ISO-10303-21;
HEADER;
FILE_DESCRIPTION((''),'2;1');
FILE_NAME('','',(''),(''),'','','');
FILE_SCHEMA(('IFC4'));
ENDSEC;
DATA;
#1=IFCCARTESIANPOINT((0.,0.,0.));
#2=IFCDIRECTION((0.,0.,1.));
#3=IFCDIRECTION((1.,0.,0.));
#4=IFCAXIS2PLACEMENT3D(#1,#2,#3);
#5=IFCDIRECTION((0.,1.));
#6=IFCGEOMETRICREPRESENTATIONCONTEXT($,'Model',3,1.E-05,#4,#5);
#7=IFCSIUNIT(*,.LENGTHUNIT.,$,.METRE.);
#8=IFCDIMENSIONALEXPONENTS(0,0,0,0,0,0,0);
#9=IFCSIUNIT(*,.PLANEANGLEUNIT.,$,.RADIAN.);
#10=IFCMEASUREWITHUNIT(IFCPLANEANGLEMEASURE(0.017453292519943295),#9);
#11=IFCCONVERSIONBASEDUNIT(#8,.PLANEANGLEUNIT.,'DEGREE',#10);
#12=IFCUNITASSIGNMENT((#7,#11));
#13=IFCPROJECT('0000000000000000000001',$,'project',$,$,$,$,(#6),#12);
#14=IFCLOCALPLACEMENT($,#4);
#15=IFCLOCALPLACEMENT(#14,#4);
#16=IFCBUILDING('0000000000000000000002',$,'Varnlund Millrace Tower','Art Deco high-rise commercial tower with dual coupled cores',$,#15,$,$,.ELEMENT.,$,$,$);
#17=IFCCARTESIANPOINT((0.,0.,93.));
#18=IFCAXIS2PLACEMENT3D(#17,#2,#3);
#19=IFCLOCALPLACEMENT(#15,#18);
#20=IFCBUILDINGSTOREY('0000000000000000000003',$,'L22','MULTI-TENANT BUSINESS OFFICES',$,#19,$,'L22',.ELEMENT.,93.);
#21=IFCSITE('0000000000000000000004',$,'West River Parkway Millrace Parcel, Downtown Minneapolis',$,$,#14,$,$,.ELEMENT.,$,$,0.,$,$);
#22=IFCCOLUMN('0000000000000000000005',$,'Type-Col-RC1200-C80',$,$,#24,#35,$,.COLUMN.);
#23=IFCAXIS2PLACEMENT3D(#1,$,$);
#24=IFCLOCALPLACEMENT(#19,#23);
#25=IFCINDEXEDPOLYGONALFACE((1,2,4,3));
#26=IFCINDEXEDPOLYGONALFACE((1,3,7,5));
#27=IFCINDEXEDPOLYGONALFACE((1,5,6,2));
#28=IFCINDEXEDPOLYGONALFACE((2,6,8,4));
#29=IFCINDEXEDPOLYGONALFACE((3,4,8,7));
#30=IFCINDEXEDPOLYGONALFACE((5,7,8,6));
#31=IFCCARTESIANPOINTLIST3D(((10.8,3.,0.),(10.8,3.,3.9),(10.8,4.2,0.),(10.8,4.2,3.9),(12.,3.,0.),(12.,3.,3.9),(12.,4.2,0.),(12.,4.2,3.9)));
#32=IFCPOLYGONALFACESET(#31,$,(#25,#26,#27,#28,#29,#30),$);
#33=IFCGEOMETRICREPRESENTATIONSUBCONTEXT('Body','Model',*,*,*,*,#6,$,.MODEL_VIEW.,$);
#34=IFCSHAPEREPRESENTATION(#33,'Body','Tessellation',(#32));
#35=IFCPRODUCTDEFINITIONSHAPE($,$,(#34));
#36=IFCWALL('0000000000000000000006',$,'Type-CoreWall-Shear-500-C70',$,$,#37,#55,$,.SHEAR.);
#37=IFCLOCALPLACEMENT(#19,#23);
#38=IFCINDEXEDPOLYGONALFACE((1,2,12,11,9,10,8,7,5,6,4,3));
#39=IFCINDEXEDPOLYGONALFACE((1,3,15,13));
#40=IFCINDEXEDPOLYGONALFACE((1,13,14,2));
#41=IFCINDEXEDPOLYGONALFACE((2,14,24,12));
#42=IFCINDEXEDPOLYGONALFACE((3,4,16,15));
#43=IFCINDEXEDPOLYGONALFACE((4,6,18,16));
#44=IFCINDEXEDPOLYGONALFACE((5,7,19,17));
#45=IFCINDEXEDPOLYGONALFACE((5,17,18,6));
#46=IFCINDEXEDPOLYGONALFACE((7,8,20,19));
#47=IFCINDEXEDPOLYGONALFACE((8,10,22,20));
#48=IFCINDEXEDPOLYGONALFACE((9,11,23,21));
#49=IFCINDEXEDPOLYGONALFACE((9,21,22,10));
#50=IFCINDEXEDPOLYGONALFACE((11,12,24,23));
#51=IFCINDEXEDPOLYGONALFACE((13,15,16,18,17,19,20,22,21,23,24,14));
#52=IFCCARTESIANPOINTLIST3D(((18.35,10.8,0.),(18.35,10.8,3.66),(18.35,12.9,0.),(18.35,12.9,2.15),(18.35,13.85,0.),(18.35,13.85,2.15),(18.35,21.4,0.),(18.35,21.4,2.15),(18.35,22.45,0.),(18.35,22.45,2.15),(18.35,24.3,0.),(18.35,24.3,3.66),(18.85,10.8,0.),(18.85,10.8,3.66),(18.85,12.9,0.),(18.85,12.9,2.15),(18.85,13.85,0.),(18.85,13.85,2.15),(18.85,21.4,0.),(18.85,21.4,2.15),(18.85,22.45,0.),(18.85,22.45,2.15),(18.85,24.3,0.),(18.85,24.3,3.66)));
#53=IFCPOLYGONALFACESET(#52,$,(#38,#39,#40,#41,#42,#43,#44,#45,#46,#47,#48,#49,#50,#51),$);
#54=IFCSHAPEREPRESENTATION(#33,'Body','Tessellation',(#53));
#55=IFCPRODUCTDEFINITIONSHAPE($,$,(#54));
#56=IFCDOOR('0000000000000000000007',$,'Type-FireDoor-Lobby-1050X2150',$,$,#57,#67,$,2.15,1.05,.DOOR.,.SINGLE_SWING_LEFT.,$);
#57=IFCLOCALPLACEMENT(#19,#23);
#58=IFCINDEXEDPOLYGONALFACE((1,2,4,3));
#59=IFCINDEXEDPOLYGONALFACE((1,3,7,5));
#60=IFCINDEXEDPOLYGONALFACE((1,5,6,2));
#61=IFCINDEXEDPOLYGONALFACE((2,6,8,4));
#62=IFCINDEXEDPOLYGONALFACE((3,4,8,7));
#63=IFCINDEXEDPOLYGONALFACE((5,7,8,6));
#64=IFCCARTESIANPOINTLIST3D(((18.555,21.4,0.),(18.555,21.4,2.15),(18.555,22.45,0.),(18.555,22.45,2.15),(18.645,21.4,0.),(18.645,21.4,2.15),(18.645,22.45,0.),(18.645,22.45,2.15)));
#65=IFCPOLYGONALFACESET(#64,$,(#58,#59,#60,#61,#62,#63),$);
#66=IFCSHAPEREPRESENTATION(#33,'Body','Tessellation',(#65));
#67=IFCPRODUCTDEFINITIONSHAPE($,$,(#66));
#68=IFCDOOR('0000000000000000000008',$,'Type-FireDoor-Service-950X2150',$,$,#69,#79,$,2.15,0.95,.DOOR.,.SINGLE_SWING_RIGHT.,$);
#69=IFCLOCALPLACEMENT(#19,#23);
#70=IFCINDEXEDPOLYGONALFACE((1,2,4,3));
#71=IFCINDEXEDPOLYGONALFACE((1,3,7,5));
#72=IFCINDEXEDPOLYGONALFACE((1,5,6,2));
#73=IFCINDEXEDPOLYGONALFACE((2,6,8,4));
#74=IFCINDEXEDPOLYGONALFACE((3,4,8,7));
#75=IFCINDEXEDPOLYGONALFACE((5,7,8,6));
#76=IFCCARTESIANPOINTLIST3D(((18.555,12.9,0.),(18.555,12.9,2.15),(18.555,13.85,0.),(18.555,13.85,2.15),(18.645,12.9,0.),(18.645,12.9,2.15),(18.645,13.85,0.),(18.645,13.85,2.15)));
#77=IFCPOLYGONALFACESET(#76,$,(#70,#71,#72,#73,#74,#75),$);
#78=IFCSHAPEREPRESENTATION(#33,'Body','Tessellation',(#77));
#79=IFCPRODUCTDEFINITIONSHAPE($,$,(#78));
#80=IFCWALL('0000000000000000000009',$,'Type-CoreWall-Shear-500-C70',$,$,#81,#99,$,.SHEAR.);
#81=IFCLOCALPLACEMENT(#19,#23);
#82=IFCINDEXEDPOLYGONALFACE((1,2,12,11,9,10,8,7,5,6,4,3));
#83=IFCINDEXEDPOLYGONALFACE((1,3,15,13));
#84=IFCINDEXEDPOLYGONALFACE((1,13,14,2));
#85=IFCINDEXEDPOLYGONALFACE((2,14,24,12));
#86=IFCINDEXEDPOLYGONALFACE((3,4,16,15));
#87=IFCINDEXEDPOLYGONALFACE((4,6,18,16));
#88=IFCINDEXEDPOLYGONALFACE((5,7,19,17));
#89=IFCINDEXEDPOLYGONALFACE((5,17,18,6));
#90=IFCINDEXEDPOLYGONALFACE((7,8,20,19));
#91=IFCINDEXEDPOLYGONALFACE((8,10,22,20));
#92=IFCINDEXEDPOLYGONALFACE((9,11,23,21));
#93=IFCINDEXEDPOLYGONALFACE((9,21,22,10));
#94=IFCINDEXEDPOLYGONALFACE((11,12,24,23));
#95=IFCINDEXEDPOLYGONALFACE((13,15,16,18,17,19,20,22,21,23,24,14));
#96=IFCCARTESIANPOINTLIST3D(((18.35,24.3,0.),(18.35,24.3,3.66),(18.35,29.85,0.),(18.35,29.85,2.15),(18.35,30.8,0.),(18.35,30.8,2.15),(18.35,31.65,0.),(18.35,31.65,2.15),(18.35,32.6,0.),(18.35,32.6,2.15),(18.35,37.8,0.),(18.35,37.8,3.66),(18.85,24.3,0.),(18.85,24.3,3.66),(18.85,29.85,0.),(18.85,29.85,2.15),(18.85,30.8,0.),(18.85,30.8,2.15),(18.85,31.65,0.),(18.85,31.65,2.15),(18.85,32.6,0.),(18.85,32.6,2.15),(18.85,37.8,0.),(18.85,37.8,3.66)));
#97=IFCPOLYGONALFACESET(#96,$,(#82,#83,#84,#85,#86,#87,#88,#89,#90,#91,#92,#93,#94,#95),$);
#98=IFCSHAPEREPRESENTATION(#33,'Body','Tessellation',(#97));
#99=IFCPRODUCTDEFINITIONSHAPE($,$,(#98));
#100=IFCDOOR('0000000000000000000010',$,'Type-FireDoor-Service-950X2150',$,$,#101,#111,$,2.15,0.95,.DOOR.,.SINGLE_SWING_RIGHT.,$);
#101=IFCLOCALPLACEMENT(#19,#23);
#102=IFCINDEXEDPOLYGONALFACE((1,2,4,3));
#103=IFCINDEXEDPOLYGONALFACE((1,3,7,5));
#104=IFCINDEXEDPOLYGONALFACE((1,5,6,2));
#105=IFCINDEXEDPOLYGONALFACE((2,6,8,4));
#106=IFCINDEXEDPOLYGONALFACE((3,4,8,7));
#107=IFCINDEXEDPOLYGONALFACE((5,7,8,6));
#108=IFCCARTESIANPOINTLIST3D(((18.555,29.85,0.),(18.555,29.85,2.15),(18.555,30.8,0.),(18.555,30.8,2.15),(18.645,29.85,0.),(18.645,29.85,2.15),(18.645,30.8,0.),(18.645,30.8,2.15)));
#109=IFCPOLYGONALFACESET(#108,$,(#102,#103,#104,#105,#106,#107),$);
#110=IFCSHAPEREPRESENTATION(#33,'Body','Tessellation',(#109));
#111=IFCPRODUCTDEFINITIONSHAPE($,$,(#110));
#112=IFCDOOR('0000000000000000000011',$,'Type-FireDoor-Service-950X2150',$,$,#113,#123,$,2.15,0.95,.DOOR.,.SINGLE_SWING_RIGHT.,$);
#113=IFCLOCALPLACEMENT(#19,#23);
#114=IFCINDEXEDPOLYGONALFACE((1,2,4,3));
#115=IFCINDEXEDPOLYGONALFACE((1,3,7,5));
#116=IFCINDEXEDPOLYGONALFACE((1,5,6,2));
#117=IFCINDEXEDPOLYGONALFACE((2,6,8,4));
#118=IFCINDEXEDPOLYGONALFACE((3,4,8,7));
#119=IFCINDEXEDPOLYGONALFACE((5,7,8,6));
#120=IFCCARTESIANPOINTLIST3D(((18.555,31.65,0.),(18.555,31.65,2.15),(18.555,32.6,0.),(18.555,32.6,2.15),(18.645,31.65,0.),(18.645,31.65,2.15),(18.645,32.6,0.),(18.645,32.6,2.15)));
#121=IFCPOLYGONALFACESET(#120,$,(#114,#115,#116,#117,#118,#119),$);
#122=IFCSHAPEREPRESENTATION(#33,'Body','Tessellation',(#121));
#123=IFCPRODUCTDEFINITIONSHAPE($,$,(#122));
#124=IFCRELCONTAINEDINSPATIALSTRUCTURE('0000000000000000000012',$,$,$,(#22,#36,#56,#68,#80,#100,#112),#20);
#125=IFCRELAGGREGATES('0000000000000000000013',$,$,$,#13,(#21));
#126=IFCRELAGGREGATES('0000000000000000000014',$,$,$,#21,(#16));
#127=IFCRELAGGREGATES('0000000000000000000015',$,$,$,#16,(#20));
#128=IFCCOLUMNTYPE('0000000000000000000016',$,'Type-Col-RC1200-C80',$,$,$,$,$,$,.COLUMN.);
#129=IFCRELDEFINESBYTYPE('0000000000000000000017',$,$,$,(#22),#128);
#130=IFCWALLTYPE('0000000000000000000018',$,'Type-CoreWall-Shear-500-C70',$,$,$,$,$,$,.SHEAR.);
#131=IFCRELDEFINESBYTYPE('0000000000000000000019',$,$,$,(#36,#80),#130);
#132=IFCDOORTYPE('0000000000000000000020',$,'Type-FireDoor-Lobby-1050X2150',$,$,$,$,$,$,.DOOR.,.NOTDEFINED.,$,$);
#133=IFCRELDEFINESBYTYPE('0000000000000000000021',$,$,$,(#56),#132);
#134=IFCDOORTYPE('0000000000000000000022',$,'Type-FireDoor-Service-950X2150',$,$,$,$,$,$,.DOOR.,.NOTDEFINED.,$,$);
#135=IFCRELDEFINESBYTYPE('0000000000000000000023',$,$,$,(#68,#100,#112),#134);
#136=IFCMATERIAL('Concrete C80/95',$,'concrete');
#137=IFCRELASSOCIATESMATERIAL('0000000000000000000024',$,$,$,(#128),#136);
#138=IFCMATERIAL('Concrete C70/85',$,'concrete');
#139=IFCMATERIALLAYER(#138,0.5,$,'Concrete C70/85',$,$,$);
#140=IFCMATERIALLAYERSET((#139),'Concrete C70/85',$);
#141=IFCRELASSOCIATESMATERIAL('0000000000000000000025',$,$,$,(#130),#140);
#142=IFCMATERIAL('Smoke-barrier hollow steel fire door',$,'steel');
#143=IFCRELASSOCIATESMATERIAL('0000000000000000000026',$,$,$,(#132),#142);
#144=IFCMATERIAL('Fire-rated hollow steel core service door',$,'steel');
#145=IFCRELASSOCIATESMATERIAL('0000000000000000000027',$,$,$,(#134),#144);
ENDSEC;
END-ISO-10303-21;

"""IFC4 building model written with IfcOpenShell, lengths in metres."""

from ifc_helpers import new_model, entity, si_unit, converted_unit, direction, frame, origin_with_axes, origin_2d_with_axis, place, context, subcontext, project, spatial, polyline, rectangle, outline, extrude, material, layer, layer_set, material_profile, profile_set, type_object, element, fill, save


model = new_model("IFC4")

# Units and contexts
model_context = context("Model", 3, precision=1e-05, world=origin_with_axes(), true_north=direction((0.0, 1.0)))
body_context = subcontext(model_context, "Body", "Model", "MODEL_VIEW")
ifc_project = project(units=[si_unit("LENGTHUNIT", "METRE"), converted_unit("PLANEANGLEUNIT", "DEGREE", entity("IfcPlaneAngleMeasure", 0.017453292519943295), si_unit("PLANEANGLEUNIT", "RADIAN"), dimensions=[0, 0, 0, 0, 0, 0, 0])], contexts=[model_context])

# Site, building, storey
site_placement = place(None, origin_with_axes())
site = spatial("IfcSite", under=ifc_project, at=site_placement, Name="West River Parkway Millrace Parcel, Downtown Minneapolis", CompositionType="ELEMENT", RefElevation=0.0)
building_placement = place(site_placement, origin_with_axes())
building = spatial("IfcBuilding", under=site, at=building_placement, Name="Varnlund Millrace Tower", Description="Art Deco high-rise commercial tower with dual coupled cores", CompositionType="ELEMENT")
storey_placement = place(building_placement, frame((0.0, 0.0, 93.0), z_axis=(0.0, 0.0, 1.0), x_axis=(1.0, 0.0, 0.0)))
storey = spatial("IfcBuildingStorey", under=building, at=storey_placement, Name="L22", Description="MULTI-TENANT BUSINESS OFFICES", LongName="L22", CompositionType="ELEMENT", Elevation=93.0)

# Column
ifc_material_1 = material(Name="Concrete C80/95", Category="concrete")
ifc_material_profile = material_profile(ifc_material_1, rectangle(XDim=1.2, YDim=1.2, at=origin_2d_with_axis()), Name="Concrete C80/95")
ifc_profile_set = profile_set([ifc_material_profile], Name="Concrete C80/95")
column_type = type_object("IfcColumnType", Name="Type-Col-RC1200-C80", PredefinedType="COLUMN", material=ifc_profile_set)
column_placement = place(storey_placement, frame((11.4, 3.6, 0.0), z_axis=(0.0, 0.0, 1.0), x_axis=(1.0, 0.0, 0.0)))
element("IfcColumn", 1, at=column_placement, inside=storey, type_object=column_type, Name="Type-Col-RC1200-C80", PredefinedType="COLUMN", context=body_context, shape_type="SweptSolid", body=[
    extrude(rectangle(XDim=1.2, YDim=1.2, at=origin_2d_with_axis()), origin_with_axes(), (0.0, 0.0, 1.0), 3.9),
])

# Walls, openings, doors
ifc_material_2 = material(Name="Concrete C70/85", Category="concrete")
ifc_layer_1 = layer(ifc_material_2, 0.5, Name="Concrete C70/85")
ifc_layer_set_1 = layer_set([ifc_layer_1], Name="Concrete C70/85")
wall_type_1 = type_object("IfcWallType", Name="Type-CoreWall-Shear-500-C70", PredefinedType="SHEAR", material=ifc_layer_set_1)
wall_1_placement = place(storey_placement, frame((18.6, 10.8, 0.0), z_axis=(0.0, 0.0, 1.0), x_axis=(0.0, 1.0, 0.0)))
wall_1 = element("IfcWall", 2, at=wall_1_placement, inside=storey, type_object=wall_type_1, Name="Type-CoreWall-Shear-500-C70", PredefinedType="SHEAR", context=body_context, shape_type="SweptSolid", body=[
    extrude(outline(polyline([(0.0, -0.25), (13.5, -0.25), (13.5, 0.25), (0.0, 0.25), (0.0, -0.25)])), origin_with_axes(), (0.0, 0.0, 1.0), 3.66),
])
opening_1_placement = place(wall_1_placement, frame((11.125, 0.0, 0.0), z_axis=(0.0, 0.0, 1.0), x_axis=(1.0, 0.0, 0.0)))
opening_1 = element("IfcOpeningElement", 3, at=opening_1_placement, cuts=wall_1, PredefinedType="OPENING", context=body_context, shape_type="SweptSolid", body=[
    extrude(rectangle(XDim=1.05, YDim=0.52, at=origin_2d_with_axis()), origin_with_axes(), (0.0, 0.0, 1.0), 2.15),
])
opening_2_placement = place(wall_1_placement, frame((2.575, 0.0, 0.0), z_axis=(0.0, 0.0, 1.0), x_axis=(1.0, 0.0, 0.0)))
opening_2 = element("IfcOpeningElement", 4, at=opening_2_placement, cuts=wall_1, PredefinedType="OPENING", context=body_context, shape_type="SweptSolid", body=[
    extrude(rectangle(XDim=0.95, YDim=0.52, at=origin_2d_with_axis()), origin_with_axes(), (0.0, 0.0, 1.0), 2.15),
])
ifc_material_3 = material(Name="Smoke-barrier hollow steel fire door", Category="steel")
door_type_1 = type_object("IfcDoorType", Name="Type-FireDoor-Lobby-1050X2150", OperationType="NOTDEFINED", PredefinedType="DOOR", material=ifc_material_3)
door_1_placement = place(wall_1_placement, frame((11.125, 0.0, 0.0), z_axis=(0.0, 0.0, 1.0), x_axis=(1.0, 0.0, 0.0)))
door_1 = element("IfcDoor", 5, at=door_1_placement, inside=storey, type_object=door_type_1, Name="Type-FireDoor-Lobby-1050X2150", OperationType="SINGLE_SWING_LEFT", OverallHeight=2.15, OverallWidth=1.05, PredefinedType="DOOR", context=body_context, shape_type="SweptSolid", body=[
    extrude(rectangle(XDim=1.05, YDim=0.09, at=origin_2d_with_axis()), origin_with_axes(), (0.0, 0.0, 1.0), 2.15),
])
fill(opening_1, door_1)
ifc_material_4 = material(Name="Fire-rated hollow steel core service door", Category="steel")
door_type_2 = type_object("IfcDoorType", Name="Type-FireDoor-Service-950X2150", OperationType="NOTDEFINED", PredefinedType="DOOR", material=ifc_material_4)
door_2_placement = place(wall_1_placement, frame((2.575, 0.0, 0.0), z_axis=(0.0, 0.0, 1.0), x_axis=(1.0, 0.0, 0.0)))
door_2 = element("IfcDoor", 6, at=door_2_placement, inside=storey, type_object=door_type_2, Name="Type-FireDoor-Service-950X2150", OperationType="SINGLE_SWING_RIGHT", OverallHeight=2.15, OverallWidth=0.95, PredefinedType="DOOR", context=body_context, shape_type="SweptSolid", body=[
    extrude(rectangle(XDim=0.95, YDim=0.09, at=origin_2d_with_axis()), origin_with_axes(), (0.0, 0.0, 1.0), 2.15),
])
fill(opening_2, door_2)
wall_2_placement = place(storey_placement, frame((18.6, 24.3, 0.0), z_axis=(0.0, 0.0, 1.0), x_axis=(0.0, 1.0, 0.0)))
wall_2 = element("IfcWall", 7, at=wall_2_placement, inside=storey, type_object=wall_type_1, Name="Type-CoreWall-Shear-500-C70", PredefinedType="SHEAR", context=body_context, shape_type="SweptSolid", body=[
    extrude(outline(polyline([(0.0, -0.25), (13.5, -0.25), (13.5, 0.25), (0.0, 0.25), (0.0, -0.25)])), origin_with_axes(), (0.0, 0.0, 1.0), 3.66),
])
opening_3_placement = place(wall_2_placement, frame((6.025, 0.0, 0.0), z_axis=(0.0, 0.0, 1.0), x_axis=(1.0, 0.0, 0.0)))
opening_3 = element("IfcOpeningElement", 8, at=opening_3_placement, cuts=wall_2, PredefinedType="OPENING", context=body_context, shape_type="SweptSolid", body=[
    extrude(rectangle(XDim=0.95, YDim=0.52, at=origin_2d_with_axis()), origin_with_axes(), (0.0, 0.0, 1.0), 2.15),
])
opening_4_placement = place(wall_2_placement, frame((7.825, 0.0, 0.0), z_axis=(0.0, 0.0, 1.0), x_axis=(1.0, 0.0, 0.0)))
opening_4 = element("IfcOpeningElement", 9, at=opening_4_placement, cuts=wall_2, PredefinedType="OPENING", context=body_context, shape_type="SweptSolid", body=[
    extrude(rectangle(XDim=0.95, YDim=0.52, at=origin_2d_with_axis()), origin_with_axes(), (0.0, 0.0, 1.0), 2.15),
])
door_3_placement = place(wall_2_placement, frame((6.025, 0.0, 0.0), z_axis=(0.0, 0.0, 1.0), x_axis=(1.0, 0.0, 0.0)))
door_3 = element("IfcDoor", 10, at=door_3_placement, inside=storey, type_object=door_type_2, Name="Type-FireDoor-Service-950X2150", OperationType="SINGLE_SWING_RIGHT", OverallHeight=2.15, OverallWidth=0.95, PredefinedType="DOOR", context=body_context, shape_type="SweptSolid", body=[
    extrude(rectangle(XDim=0.95, YDim=0.09, at=origin_2d_with_axis()), origin_with_axes(), (0.0, 0.0, 1.0), 2.15),
])
fill(opening_3, door_3)
door_4_placement = place(wall_2_placement, frame((7.825, 0.0, 0.0), z_axis=(0.0, 0.0, 1.0), x_axis=(1.0, 0.0, 0.0)))
door_4 = element("IfcDoor", 11, at=door_4_placement, inside=storey, type_object=door_type_2, Name="Type-FireDoor-Service-950X2150", OperationType="SINGLE_SWING_RIGHT", OverallHeight=2.15, OverallWidth=0.95, PredefinedType="DOOR", context=body_context, shape_type="SweptSolid", body=[
    extrude(rectangle(XDim=0.95, YDim=0.09, at=origin_2d_with_axis()), origin_with_axes(), (0.0, 0.0, 1.0), 2.15),
])
fill(opening_4, door_4)

save(model, "model.ifc")
